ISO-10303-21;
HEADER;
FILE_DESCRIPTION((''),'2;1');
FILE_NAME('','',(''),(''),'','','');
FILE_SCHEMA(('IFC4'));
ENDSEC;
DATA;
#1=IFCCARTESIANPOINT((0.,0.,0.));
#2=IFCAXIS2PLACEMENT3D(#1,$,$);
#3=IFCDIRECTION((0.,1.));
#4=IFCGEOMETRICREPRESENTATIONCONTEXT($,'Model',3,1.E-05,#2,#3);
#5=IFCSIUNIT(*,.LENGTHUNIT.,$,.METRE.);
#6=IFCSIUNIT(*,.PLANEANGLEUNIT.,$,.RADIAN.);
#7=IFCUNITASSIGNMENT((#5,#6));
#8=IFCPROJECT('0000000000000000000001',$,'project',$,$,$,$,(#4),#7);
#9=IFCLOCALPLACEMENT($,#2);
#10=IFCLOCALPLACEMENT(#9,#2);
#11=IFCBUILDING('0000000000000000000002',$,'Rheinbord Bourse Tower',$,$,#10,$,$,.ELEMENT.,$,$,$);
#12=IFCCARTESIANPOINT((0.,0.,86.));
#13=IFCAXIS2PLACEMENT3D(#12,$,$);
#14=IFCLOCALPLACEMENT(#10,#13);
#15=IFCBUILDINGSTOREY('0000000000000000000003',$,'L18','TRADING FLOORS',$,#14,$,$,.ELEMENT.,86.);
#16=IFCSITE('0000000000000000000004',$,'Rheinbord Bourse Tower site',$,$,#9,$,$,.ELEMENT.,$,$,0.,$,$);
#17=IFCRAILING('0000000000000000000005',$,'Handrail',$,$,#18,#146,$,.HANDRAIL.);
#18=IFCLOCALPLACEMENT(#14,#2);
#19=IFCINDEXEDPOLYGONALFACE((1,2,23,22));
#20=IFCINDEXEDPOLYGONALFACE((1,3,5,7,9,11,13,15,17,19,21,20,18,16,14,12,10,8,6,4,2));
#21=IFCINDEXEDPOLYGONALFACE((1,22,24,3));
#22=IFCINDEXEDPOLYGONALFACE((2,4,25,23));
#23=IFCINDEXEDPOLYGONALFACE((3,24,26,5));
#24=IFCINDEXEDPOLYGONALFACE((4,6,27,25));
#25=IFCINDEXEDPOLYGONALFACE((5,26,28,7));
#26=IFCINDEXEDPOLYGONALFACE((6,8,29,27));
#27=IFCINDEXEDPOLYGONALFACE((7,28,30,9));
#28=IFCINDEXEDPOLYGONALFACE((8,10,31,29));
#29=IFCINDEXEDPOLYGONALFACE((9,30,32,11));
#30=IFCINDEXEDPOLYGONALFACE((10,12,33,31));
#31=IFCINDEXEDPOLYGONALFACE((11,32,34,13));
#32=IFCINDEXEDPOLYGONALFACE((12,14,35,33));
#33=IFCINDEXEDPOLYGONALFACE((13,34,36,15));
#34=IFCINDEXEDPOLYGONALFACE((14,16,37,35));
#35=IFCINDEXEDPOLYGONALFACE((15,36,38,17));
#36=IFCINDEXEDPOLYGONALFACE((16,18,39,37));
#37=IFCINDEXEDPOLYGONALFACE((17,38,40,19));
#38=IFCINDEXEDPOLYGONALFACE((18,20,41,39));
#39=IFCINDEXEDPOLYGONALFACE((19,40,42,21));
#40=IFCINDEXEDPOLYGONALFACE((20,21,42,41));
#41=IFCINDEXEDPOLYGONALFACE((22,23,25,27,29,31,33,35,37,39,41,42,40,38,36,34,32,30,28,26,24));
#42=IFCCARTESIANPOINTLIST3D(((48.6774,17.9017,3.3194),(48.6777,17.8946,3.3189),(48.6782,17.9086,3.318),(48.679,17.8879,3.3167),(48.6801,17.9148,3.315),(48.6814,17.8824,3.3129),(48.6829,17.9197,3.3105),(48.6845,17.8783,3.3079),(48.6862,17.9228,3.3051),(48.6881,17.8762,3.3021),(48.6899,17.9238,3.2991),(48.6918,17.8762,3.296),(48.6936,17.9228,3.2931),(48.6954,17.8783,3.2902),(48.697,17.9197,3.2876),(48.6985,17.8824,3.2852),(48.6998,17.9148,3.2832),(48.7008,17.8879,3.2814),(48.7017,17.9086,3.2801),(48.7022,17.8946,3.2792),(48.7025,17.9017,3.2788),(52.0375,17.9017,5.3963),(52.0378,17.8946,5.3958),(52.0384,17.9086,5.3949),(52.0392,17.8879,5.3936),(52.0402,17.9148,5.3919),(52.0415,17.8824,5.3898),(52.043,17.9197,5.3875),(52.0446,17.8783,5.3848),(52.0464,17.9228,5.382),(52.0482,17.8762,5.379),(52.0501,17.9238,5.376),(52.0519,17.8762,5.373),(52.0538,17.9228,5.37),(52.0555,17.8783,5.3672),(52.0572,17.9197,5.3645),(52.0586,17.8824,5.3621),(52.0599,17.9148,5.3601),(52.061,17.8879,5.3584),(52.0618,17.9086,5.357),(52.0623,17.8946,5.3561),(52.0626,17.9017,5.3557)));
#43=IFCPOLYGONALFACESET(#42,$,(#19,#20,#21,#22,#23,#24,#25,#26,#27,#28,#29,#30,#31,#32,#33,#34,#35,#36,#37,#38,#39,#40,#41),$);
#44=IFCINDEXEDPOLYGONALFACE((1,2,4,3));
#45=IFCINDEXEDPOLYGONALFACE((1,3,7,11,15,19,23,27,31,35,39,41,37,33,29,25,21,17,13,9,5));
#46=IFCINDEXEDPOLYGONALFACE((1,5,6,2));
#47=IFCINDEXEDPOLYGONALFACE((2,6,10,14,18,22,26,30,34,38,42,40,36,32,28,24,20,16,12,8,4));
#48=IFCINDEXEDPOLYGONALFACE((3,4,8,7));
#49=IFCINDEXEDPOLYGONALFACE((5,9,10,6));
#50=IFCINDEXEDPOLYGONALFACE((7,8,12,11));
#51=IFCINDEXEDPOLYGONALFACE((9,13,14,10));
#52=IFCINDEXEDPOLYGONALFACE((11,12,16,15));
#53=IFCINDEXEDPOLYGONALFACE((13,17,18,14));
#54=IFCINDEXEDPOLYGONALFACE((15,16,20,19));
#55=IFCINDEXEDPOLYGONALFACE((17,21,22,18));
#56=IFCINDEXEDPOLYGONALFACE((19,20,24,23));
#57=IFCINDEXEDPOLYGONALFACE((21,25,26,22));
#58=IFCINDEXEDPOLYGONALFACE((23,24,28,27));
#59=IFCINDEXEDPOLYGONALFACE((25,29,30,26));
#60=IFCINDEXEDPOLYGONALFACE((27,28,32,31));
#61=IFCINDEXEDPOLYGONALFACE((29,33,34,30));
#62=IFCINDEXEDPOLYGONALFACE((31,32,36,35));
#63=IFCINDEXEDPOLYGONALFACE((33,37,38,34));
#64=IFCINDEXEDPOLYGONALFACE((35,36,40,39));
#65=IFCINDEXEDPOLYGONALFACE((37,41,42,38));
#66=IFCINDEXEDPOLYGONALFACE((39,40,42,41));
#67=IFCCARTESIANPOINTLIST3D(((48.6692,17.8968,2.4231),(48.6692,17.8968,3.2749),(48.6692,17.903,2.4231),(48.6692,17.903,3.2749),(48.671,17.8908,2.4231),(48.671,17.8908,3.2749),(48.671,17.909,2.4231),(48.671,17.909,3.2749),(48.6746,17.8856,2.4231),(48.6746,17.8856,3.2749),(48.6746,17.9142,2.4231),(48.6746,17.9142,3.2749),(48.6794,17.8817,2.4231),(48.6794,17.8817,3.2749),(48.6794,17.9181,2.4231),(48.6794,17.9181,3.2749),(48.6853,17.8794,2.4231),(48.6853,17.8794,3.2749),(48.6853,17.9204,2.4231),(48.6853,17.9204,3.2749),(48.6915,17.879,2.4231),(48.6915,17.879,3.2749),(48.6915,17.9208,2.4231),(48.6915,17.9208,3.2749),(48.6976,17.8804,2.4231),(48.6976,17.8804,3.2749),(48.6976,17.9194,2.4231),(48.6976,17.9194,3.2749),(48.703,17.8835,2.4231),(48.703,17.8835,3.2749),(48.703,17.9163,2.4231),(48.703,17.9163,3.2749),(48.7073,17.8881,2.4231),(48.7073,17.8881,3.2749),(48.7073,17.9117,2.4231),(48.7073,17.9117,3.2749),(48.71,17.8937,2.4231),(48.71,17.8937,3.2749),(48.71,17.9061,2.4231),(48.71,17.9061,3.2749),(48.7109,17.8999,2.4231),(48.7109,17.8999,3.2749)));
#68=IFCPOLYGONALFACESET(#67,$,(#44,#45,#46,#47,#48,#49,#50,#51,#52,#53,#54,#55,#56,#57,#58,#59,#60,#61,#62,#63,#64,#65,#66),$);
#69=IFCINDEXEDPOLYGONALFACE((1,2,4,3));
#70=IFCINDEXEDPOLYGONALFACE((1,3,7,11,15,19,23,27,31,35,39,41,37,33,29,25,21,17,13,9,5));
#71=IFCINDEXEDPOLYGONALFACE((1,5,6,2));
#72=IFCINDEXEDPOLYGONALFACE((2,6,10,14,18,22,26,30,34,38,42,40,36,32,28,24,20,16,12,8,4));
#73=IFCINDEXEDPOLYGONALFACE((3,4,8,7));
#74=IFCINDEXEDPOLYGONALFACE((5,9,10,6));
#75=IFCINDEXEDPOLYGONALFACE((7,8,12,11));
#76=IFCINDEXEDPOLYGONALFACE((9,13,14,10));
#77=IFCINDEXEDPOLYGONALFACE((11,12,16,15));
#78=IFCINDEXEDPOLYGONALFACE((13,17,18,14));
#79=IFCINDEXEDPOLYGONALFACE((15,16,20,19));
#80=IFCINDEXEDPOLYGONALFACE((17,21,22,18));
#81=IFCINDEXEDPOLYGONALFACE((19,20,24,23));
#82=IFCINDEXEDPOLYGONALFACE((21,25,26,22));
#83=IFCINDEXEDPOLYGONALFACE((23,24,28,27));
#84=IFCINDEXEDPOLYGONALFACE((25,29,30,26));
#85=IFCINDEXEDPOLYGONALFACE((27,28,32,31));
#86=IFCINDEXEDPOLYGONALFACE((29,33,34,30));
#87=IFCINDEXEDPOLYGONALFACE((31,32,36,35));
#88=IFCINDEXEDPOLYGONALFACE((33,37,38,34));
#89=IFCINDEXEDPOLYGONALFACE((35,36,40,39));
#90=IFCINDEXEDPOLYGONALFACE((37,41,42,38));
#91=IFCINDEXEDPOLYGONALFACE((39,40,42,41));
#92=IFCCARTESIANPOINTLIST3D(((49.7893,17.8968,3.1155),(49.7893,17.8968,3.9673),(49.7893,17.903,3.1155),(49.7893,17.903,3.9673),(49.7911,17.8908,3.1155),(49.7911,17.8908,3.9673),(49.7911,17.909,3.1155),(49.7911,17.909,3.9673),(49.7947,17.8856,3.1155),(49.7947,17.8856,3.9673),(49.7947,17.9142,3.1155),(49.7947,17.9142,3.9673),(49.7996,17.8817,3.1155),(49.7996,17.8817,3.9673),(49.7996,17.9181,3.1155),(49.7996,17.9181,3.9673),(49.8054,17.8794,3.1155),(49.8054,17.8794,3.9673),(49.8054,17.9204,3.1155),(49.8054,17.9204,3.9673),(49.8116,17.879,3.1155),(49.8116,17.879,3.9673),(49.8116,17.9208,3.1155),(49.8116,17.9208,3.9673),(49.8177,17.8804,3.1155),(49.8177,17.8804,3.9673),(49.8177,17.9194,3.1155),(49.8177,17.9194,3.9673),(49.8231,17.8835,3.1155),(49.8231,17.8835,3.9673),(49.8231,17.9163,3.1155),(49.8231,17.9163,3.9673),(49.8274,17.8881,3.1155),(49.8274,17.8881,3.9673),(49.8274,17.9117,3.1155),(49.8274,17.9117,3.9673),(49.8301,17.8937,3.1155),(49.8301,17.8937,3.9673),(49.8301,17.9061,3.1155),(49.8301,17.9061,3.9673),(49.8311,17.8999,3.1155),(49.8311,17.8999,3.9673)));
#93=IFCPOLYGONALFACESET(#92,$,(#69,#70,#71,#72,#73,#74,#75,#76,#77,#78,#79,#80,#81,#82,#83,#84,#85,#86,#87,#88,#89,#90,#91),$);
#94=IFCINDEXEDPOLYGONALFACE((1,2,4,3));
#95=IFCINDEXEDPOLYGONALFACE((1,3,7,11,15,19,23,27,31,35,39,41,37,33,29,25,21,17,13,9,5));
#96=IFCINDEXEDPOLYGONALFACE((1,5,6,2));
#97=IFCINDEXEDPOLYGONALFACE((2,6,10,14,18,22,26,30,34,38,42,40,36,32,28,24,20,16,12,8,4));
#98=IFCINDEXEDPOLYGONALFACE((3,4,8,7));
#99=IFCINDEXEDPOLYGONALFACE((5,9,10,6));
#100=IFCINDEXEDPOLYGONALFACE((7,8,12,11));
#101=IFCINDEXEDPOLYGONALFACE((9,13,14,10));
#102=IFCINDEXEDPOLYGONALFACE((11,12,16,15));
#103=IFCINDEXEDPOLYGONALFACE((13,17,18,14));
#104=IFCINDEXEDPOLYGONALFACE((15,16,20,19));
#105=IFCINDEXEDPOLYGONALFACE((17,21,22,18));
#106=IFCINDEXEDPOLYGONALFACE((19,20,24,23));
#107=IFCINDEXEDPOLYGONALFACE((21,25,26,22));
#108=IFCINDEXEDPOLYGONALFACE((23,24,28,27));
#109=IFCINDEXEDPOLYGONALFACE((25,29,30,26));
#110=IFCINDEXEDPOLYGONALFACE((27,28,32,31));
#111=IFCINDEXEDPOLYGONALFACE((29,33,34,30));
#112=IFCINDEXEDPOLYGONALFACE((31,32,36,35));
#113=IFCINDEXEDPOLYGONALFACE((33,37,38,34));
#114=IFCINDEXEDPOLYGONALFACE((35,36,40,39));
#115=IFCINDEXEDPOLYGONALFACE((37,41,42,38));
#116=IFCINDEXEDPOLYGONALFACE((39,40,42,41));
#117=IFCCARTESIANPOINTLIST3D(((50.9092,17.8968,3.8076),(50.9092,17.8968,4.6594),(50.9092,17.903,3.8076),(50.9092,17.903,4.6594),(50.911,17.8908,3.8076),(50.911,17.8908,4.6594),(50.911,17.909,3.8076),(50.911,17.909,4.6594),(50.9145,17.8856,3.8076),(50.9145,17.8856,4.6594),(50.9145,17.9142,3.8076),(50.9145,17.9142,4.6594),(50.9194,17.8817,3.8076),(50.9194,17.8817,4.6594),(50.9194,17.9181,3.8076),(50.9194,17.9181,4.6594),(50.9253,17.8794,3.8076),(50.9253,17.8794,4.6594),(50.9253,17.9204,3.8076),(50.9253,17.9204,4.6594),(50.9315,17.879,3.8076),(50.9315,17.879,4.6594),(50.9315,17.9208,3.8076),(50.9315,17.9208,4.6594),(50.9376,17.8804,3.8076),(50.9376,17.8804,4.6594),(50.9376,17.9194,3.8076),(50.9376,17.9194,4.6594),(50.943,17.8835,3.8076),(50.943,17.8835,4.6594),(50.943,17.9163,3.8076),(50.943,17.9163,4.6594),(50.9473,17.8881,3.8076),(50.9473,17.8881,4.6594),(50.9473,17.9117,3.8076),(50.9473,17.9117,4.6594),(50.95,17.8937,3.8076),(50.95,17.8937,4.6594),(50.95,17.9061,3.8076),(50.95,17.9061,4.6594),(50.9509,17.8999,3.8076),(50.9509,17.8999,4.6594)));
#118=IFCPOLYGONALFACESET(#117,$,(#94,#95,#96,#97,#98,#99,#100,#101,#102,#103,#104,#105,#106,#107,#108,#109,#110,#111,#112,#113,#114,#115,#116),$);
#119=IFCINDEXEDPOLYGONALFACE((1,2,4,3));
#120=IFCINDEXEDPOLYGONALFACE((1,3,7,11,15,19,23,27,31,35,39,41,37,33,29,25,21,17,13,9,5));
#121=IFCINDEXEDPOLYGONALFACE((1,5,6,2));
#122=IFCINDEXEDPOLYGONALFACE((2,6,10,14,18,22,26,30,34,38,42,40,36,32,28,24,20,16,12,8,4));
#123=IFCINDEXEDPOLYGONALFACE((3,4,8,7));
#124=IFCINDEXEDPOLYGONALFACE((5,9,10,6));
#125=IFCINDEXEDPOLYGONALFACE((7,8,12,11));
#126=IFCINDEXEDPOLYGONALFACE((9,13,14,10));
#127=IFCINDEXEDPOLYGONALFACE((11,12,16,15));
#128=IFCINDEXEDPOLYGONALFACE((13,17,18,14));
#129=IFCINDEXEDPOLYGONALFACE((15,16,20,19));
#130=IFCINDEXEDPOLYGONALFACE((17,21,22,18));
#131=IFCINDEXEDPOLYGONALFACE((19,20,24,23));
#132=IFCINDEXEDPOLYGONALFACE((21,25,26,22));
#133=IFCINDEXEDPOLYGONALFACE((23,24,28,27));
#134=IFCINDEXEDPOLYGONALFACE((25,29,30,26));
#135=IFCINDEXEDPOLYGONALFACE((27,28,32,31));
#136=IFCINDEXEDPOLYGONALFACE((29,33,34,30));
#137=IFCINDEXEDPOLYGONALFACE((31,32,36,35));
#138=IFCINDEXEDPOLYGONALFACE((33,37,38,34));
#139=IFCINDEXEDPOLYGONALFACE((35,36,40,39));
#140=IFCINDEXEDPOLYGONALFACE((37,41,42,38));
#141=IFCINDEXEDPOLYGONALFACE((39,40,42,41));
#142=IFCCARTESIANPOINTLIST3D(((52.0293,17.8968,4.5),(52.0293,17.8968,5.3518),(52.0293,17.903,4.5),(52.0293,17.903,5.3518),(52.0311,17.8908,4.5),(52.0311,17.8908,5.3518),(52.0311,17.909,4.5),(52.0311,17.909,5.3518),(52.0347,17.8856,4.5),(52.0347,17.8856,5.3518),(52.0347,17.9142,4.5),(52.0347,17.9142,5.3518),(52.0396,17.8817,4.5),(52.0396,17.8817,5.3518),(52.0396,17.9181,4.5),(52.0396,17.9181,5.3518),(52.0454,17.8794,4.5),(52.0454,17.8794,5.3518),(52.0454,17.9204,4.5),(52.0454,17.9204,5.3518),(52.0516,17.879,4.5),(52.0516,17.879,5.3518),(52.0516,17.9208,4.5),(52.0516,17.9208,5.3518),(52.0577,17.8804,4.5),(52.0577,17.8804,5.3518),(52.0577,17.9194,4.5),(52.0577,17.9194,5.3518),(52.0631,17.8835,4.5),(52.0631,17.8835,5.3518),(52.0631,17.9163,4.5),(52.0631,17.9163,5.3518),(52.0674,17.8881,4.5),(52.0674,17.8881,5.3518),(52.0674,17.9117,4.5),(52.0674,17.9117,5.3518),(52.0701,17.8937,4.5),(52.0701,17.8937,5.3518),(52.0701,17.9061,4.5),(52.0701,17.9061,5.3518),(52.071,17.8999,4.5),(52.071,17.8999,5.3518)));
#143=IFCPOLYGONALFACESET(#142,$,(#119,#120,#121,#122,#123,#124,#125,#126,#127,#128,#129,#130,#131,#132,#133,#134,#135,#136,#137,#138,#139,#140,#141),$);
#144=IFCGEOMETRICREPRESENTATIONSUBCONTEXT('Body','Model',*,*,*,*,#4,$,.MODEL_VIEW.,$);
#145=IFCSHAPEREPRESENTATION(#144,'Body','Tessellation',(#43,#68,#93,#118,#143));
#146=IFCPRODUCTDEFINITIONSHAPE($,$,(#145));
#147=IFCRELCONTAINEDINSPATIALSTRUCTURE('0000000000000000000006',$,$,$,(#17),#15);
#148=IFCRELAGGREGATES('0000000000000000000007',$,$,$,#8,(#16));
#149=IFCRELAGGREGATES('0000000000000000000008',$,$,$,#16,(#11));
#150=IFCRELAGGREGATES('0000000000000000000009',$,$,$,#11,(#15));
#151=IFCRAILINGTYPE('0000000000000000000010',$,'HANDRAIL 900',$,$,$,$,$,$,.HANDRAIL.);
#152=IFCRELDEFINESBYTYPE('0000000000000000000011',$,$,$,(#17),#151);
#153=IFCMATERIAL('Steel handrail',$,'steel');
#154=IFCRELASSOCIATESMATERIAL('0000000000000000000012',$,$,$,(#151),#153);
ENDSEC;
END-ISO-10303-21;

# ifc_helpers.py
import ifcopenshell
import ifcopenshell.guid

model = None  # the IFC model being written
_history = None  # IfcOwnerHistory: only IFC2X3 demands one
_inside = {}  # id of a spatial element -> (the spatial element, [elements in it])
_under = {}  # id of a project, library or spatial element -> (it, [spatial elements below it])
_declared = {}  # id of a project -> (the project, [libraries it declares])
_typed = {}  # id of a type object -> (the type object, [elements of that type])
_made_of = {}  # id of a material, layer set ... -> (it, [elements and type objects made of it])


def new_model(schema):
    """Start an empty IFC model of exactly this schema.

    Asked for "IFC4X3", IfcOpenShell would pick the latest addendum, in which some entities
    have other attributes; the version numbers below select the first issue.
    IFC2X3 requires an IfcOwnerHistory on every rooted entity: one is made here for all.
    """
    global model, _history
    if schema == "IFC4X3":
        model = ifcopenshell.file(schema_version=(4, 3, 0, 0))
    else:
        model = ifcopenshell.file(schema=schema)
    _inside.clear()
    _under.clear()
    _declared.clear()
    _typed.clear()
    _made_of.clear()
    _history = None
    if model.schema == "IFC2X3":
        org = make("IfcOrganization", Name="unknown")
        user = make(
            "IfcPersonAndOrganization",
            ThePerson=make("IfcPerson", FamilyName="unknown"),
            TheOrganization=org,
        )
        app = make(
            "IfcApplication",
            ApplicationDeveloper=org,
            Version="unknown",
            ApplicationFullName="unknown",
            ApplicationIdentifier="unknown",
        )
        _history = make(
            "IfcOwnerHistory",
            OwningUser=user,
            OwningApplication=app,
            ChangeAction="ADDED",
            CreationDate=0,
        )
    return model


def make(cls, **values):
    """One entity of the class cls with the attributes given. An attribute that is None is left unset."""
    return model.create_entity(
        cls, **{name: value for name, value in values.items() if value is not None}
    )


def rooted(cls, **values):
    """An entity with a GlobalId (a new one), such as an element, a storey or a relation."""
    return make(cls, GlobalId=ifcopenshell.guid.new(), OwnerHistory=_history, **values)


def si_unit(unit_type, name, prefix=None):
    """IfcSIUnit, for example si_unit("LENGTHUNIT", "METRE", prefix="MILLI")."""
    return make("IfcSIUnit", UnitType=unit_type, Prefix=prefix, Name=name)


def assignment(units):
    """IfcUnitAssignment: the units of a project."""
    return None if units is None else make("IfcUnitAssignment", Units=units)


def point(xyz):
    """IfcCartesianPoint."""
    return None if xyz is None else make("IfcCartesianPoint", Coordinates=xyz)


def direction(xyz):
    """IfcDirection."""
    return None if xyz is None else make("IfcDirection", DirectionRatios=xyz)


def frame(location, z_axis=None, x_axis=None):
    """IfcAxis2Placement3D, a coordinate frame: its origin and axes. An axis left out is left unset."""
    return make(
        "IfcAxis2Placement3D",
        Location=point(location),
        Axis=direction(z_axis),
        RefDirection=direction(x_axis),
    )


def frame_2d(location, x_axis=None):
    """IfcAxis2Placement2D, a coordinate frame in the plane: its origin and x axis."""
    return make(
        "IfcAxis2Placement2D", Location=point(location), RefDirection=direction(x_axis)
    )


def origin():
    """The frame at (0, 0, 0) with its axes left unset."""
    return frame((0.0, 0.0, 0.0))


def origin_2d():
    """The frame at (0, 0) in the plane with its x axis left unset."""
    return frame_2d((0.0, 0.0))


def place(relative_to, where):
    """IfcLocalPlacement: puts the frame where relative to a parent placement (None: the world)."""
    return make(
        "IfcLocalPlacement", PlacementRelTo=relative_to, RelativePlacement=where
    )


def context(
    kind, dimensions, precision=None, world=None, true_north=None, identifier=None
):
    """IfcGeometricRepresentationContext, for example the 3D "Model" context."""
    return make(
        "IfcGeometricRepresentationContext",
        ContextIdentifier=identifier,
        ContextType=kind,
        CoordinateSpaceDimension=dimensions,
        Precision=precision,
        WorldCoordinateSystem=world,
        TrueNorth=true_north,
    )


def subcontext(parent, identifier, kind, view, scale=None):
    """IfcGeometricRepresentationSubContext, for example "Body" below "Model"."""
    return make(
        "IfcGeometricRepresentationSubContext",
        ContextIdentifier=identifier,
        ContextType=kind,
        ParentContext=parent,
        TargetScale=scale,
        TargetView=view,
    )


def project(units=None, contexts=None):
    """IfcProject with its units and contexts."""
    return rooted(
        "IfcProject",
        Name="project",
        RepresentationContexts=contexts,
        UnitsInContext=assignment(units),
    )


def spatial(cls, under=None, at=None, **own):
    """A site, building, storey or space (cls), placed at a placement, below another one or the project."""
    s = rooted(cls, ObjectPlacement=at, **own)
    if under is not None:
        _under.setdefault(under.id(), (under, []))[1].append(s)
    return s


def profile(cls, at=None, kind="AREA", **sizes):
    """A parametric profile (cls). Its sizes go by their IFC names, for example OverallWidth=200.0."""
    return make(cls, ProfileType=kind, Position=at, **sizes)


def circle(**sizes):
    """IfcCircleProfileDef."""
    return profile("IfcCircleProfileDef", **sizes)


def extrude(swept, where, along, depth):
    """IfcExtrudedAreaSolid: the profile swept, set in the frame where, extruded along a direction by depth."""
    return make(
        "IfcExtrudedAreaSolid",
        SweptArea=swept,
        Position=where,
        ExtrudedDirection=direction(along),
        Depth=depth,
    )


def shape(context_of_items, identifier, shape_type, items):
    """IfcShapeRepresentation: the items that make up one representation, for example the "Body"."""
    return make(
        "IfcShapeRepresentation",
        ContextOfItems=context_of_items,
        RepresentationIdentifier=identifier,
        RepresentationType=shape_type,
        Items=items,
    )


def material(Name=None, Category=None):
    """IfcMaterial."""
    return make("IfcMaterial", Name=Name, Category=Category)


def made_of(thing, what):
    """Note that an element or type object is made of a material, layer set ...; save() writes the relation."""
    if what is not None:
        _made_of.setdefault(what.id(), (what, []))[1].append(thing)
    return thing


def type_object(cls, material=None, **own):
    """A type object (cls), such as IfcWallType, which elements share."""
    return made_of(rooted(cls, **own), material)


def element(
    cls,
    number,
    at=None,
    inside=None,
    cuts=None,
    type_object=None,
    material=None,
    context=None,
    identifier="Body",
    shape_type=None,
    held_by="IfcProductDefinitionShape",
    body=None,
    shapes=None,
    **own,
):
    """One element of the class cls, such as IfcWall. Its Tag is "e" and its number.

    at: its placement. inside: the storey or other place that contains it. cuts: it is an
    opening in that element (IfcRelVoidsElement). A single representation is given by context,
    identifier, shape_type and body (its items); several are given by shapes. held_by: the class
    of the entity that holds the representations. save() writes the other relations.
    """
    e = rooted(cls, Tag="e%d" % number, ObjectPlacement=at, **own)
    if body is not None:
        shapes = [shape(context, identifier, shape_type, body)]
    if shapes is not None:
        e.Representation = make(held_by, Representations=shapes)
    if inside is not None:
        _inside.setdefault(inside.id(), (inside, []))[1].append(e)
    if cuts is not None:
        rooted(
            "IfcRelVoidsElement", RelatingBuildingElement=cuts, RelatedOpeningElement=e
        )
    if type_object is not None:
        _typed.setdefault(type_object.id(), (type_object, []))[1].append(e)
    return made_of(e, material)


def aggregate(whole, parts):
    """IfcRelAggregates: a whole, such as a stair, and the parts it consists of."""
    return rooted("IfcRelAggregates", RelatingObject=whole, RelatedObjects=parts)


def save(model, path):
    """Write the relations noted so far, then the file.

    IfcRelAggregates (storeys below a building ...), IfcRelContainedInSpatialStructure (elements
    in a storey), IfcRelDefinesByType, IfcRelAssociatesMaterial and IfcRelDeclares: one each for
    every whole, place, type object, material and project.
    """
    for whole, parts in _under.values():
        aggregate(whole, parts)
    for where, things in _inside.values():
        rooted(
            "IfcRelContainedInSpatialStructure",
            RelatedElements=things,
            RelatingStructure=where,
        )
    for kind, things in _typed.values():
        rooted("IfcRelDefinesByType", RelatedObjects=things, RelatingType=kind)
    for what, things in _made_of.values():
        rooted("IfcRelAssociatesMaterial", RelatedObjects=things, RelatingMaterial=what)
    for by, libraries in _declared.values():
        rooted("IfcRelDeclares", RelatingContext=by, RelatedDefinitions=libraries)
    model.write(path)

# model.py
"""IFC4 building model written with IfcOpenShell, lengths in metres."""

from ifc_helpers import new_model, si_unit, direction, frame, origin, origin_2d, place, context, subcontext, project, spatial, circle, extrude, material, type_object, element, save


model = new_model("IFC4")

# Units and contexts
model_context = context("Model", 3, precision=1e-05, world=origin(), true_north=direction((0.0, 1.0)))
body_context = subcontext(model_context, "Body", "Model", "MODEL_VIEW")
ifc_project = project(units=[si_unit("LENGTHUNIT", "METRE"), si_unit("PLANEANGLEUNIT", "RADIAN")], contexts=[model_context])

# Site, building, storey
site_placement = place(None, origin())
site = spatial("IfcSite", under=ifc_project, at=site_placement, Name="Rheinbord Bourse Tower site", CompositionType="ELEMENT", RefElevation=0.0)
building_placement = place(site_placement, origin())
building = spatial("IfcBuilding", under=site, at=building_placement, Name="Rheinbord Bourse Tower", CompositionType="ELEMENT")
storey_placement = place(building_placement, frame((0.0, 0.0, 86.0)))
storey = spatial("IfcBuildingStorey", under=building, at=storey_placement, Name="L18", Description="TRADING FLOORS", CompositionType="ELEMENT", Elevation=86.0)

# Railing
ifc_material_1 = material(Name="Steel handrail", Category="steel")
railing_type = type_object("IfcRailingType", Name="HANDRAIL 900", PredefinedType="HANDRAIL", material=ifc_material_1)
railing_1_placement = place(storey_placement, frame((48.6899, 17.8999, 2.4231)))
element("IfcRailing", 1, at=railing_1_placement, inside=storey, type_object=railing_type, Name="Handrail", PredefinedType="HANDRAIL", context=body_context, shape_type="SweptSolid", body=[
    extrude(circle(Radius=0.0239, at=origin_2d()), frame((0.0, 0.0, 0.876), z_axis=(0.850623, 0.0, 0.525776), x_axis=(0.0, 1.0, 0.0)), (0.0, 0.0, 1.0), 3.9502),
    extrude(circle(Radius=0.021, at=origin_2d()), origin(), (0.0, 0.0, 1.0), 0.8518),
    extrude(circle(Radius=0.021, at=origin_2d()), frame((1.1201, 0.0, 0.6924)), (0.0, 0.0, 1.0), 0.8518),
    extrude(circle(Radius=0.021, at=origin_2d()), frame((2.24, 0.0, 1.3845)), (0.0, 0.0, 1.0), 0.8518),
    extrude(circle(Radius=0.021, at=origin_2d()), frame((3.3601, 0.0, 2.0769)), (0.0, 0.0, 1.0), 0.8518),
])

save(model, "model.ifc")
